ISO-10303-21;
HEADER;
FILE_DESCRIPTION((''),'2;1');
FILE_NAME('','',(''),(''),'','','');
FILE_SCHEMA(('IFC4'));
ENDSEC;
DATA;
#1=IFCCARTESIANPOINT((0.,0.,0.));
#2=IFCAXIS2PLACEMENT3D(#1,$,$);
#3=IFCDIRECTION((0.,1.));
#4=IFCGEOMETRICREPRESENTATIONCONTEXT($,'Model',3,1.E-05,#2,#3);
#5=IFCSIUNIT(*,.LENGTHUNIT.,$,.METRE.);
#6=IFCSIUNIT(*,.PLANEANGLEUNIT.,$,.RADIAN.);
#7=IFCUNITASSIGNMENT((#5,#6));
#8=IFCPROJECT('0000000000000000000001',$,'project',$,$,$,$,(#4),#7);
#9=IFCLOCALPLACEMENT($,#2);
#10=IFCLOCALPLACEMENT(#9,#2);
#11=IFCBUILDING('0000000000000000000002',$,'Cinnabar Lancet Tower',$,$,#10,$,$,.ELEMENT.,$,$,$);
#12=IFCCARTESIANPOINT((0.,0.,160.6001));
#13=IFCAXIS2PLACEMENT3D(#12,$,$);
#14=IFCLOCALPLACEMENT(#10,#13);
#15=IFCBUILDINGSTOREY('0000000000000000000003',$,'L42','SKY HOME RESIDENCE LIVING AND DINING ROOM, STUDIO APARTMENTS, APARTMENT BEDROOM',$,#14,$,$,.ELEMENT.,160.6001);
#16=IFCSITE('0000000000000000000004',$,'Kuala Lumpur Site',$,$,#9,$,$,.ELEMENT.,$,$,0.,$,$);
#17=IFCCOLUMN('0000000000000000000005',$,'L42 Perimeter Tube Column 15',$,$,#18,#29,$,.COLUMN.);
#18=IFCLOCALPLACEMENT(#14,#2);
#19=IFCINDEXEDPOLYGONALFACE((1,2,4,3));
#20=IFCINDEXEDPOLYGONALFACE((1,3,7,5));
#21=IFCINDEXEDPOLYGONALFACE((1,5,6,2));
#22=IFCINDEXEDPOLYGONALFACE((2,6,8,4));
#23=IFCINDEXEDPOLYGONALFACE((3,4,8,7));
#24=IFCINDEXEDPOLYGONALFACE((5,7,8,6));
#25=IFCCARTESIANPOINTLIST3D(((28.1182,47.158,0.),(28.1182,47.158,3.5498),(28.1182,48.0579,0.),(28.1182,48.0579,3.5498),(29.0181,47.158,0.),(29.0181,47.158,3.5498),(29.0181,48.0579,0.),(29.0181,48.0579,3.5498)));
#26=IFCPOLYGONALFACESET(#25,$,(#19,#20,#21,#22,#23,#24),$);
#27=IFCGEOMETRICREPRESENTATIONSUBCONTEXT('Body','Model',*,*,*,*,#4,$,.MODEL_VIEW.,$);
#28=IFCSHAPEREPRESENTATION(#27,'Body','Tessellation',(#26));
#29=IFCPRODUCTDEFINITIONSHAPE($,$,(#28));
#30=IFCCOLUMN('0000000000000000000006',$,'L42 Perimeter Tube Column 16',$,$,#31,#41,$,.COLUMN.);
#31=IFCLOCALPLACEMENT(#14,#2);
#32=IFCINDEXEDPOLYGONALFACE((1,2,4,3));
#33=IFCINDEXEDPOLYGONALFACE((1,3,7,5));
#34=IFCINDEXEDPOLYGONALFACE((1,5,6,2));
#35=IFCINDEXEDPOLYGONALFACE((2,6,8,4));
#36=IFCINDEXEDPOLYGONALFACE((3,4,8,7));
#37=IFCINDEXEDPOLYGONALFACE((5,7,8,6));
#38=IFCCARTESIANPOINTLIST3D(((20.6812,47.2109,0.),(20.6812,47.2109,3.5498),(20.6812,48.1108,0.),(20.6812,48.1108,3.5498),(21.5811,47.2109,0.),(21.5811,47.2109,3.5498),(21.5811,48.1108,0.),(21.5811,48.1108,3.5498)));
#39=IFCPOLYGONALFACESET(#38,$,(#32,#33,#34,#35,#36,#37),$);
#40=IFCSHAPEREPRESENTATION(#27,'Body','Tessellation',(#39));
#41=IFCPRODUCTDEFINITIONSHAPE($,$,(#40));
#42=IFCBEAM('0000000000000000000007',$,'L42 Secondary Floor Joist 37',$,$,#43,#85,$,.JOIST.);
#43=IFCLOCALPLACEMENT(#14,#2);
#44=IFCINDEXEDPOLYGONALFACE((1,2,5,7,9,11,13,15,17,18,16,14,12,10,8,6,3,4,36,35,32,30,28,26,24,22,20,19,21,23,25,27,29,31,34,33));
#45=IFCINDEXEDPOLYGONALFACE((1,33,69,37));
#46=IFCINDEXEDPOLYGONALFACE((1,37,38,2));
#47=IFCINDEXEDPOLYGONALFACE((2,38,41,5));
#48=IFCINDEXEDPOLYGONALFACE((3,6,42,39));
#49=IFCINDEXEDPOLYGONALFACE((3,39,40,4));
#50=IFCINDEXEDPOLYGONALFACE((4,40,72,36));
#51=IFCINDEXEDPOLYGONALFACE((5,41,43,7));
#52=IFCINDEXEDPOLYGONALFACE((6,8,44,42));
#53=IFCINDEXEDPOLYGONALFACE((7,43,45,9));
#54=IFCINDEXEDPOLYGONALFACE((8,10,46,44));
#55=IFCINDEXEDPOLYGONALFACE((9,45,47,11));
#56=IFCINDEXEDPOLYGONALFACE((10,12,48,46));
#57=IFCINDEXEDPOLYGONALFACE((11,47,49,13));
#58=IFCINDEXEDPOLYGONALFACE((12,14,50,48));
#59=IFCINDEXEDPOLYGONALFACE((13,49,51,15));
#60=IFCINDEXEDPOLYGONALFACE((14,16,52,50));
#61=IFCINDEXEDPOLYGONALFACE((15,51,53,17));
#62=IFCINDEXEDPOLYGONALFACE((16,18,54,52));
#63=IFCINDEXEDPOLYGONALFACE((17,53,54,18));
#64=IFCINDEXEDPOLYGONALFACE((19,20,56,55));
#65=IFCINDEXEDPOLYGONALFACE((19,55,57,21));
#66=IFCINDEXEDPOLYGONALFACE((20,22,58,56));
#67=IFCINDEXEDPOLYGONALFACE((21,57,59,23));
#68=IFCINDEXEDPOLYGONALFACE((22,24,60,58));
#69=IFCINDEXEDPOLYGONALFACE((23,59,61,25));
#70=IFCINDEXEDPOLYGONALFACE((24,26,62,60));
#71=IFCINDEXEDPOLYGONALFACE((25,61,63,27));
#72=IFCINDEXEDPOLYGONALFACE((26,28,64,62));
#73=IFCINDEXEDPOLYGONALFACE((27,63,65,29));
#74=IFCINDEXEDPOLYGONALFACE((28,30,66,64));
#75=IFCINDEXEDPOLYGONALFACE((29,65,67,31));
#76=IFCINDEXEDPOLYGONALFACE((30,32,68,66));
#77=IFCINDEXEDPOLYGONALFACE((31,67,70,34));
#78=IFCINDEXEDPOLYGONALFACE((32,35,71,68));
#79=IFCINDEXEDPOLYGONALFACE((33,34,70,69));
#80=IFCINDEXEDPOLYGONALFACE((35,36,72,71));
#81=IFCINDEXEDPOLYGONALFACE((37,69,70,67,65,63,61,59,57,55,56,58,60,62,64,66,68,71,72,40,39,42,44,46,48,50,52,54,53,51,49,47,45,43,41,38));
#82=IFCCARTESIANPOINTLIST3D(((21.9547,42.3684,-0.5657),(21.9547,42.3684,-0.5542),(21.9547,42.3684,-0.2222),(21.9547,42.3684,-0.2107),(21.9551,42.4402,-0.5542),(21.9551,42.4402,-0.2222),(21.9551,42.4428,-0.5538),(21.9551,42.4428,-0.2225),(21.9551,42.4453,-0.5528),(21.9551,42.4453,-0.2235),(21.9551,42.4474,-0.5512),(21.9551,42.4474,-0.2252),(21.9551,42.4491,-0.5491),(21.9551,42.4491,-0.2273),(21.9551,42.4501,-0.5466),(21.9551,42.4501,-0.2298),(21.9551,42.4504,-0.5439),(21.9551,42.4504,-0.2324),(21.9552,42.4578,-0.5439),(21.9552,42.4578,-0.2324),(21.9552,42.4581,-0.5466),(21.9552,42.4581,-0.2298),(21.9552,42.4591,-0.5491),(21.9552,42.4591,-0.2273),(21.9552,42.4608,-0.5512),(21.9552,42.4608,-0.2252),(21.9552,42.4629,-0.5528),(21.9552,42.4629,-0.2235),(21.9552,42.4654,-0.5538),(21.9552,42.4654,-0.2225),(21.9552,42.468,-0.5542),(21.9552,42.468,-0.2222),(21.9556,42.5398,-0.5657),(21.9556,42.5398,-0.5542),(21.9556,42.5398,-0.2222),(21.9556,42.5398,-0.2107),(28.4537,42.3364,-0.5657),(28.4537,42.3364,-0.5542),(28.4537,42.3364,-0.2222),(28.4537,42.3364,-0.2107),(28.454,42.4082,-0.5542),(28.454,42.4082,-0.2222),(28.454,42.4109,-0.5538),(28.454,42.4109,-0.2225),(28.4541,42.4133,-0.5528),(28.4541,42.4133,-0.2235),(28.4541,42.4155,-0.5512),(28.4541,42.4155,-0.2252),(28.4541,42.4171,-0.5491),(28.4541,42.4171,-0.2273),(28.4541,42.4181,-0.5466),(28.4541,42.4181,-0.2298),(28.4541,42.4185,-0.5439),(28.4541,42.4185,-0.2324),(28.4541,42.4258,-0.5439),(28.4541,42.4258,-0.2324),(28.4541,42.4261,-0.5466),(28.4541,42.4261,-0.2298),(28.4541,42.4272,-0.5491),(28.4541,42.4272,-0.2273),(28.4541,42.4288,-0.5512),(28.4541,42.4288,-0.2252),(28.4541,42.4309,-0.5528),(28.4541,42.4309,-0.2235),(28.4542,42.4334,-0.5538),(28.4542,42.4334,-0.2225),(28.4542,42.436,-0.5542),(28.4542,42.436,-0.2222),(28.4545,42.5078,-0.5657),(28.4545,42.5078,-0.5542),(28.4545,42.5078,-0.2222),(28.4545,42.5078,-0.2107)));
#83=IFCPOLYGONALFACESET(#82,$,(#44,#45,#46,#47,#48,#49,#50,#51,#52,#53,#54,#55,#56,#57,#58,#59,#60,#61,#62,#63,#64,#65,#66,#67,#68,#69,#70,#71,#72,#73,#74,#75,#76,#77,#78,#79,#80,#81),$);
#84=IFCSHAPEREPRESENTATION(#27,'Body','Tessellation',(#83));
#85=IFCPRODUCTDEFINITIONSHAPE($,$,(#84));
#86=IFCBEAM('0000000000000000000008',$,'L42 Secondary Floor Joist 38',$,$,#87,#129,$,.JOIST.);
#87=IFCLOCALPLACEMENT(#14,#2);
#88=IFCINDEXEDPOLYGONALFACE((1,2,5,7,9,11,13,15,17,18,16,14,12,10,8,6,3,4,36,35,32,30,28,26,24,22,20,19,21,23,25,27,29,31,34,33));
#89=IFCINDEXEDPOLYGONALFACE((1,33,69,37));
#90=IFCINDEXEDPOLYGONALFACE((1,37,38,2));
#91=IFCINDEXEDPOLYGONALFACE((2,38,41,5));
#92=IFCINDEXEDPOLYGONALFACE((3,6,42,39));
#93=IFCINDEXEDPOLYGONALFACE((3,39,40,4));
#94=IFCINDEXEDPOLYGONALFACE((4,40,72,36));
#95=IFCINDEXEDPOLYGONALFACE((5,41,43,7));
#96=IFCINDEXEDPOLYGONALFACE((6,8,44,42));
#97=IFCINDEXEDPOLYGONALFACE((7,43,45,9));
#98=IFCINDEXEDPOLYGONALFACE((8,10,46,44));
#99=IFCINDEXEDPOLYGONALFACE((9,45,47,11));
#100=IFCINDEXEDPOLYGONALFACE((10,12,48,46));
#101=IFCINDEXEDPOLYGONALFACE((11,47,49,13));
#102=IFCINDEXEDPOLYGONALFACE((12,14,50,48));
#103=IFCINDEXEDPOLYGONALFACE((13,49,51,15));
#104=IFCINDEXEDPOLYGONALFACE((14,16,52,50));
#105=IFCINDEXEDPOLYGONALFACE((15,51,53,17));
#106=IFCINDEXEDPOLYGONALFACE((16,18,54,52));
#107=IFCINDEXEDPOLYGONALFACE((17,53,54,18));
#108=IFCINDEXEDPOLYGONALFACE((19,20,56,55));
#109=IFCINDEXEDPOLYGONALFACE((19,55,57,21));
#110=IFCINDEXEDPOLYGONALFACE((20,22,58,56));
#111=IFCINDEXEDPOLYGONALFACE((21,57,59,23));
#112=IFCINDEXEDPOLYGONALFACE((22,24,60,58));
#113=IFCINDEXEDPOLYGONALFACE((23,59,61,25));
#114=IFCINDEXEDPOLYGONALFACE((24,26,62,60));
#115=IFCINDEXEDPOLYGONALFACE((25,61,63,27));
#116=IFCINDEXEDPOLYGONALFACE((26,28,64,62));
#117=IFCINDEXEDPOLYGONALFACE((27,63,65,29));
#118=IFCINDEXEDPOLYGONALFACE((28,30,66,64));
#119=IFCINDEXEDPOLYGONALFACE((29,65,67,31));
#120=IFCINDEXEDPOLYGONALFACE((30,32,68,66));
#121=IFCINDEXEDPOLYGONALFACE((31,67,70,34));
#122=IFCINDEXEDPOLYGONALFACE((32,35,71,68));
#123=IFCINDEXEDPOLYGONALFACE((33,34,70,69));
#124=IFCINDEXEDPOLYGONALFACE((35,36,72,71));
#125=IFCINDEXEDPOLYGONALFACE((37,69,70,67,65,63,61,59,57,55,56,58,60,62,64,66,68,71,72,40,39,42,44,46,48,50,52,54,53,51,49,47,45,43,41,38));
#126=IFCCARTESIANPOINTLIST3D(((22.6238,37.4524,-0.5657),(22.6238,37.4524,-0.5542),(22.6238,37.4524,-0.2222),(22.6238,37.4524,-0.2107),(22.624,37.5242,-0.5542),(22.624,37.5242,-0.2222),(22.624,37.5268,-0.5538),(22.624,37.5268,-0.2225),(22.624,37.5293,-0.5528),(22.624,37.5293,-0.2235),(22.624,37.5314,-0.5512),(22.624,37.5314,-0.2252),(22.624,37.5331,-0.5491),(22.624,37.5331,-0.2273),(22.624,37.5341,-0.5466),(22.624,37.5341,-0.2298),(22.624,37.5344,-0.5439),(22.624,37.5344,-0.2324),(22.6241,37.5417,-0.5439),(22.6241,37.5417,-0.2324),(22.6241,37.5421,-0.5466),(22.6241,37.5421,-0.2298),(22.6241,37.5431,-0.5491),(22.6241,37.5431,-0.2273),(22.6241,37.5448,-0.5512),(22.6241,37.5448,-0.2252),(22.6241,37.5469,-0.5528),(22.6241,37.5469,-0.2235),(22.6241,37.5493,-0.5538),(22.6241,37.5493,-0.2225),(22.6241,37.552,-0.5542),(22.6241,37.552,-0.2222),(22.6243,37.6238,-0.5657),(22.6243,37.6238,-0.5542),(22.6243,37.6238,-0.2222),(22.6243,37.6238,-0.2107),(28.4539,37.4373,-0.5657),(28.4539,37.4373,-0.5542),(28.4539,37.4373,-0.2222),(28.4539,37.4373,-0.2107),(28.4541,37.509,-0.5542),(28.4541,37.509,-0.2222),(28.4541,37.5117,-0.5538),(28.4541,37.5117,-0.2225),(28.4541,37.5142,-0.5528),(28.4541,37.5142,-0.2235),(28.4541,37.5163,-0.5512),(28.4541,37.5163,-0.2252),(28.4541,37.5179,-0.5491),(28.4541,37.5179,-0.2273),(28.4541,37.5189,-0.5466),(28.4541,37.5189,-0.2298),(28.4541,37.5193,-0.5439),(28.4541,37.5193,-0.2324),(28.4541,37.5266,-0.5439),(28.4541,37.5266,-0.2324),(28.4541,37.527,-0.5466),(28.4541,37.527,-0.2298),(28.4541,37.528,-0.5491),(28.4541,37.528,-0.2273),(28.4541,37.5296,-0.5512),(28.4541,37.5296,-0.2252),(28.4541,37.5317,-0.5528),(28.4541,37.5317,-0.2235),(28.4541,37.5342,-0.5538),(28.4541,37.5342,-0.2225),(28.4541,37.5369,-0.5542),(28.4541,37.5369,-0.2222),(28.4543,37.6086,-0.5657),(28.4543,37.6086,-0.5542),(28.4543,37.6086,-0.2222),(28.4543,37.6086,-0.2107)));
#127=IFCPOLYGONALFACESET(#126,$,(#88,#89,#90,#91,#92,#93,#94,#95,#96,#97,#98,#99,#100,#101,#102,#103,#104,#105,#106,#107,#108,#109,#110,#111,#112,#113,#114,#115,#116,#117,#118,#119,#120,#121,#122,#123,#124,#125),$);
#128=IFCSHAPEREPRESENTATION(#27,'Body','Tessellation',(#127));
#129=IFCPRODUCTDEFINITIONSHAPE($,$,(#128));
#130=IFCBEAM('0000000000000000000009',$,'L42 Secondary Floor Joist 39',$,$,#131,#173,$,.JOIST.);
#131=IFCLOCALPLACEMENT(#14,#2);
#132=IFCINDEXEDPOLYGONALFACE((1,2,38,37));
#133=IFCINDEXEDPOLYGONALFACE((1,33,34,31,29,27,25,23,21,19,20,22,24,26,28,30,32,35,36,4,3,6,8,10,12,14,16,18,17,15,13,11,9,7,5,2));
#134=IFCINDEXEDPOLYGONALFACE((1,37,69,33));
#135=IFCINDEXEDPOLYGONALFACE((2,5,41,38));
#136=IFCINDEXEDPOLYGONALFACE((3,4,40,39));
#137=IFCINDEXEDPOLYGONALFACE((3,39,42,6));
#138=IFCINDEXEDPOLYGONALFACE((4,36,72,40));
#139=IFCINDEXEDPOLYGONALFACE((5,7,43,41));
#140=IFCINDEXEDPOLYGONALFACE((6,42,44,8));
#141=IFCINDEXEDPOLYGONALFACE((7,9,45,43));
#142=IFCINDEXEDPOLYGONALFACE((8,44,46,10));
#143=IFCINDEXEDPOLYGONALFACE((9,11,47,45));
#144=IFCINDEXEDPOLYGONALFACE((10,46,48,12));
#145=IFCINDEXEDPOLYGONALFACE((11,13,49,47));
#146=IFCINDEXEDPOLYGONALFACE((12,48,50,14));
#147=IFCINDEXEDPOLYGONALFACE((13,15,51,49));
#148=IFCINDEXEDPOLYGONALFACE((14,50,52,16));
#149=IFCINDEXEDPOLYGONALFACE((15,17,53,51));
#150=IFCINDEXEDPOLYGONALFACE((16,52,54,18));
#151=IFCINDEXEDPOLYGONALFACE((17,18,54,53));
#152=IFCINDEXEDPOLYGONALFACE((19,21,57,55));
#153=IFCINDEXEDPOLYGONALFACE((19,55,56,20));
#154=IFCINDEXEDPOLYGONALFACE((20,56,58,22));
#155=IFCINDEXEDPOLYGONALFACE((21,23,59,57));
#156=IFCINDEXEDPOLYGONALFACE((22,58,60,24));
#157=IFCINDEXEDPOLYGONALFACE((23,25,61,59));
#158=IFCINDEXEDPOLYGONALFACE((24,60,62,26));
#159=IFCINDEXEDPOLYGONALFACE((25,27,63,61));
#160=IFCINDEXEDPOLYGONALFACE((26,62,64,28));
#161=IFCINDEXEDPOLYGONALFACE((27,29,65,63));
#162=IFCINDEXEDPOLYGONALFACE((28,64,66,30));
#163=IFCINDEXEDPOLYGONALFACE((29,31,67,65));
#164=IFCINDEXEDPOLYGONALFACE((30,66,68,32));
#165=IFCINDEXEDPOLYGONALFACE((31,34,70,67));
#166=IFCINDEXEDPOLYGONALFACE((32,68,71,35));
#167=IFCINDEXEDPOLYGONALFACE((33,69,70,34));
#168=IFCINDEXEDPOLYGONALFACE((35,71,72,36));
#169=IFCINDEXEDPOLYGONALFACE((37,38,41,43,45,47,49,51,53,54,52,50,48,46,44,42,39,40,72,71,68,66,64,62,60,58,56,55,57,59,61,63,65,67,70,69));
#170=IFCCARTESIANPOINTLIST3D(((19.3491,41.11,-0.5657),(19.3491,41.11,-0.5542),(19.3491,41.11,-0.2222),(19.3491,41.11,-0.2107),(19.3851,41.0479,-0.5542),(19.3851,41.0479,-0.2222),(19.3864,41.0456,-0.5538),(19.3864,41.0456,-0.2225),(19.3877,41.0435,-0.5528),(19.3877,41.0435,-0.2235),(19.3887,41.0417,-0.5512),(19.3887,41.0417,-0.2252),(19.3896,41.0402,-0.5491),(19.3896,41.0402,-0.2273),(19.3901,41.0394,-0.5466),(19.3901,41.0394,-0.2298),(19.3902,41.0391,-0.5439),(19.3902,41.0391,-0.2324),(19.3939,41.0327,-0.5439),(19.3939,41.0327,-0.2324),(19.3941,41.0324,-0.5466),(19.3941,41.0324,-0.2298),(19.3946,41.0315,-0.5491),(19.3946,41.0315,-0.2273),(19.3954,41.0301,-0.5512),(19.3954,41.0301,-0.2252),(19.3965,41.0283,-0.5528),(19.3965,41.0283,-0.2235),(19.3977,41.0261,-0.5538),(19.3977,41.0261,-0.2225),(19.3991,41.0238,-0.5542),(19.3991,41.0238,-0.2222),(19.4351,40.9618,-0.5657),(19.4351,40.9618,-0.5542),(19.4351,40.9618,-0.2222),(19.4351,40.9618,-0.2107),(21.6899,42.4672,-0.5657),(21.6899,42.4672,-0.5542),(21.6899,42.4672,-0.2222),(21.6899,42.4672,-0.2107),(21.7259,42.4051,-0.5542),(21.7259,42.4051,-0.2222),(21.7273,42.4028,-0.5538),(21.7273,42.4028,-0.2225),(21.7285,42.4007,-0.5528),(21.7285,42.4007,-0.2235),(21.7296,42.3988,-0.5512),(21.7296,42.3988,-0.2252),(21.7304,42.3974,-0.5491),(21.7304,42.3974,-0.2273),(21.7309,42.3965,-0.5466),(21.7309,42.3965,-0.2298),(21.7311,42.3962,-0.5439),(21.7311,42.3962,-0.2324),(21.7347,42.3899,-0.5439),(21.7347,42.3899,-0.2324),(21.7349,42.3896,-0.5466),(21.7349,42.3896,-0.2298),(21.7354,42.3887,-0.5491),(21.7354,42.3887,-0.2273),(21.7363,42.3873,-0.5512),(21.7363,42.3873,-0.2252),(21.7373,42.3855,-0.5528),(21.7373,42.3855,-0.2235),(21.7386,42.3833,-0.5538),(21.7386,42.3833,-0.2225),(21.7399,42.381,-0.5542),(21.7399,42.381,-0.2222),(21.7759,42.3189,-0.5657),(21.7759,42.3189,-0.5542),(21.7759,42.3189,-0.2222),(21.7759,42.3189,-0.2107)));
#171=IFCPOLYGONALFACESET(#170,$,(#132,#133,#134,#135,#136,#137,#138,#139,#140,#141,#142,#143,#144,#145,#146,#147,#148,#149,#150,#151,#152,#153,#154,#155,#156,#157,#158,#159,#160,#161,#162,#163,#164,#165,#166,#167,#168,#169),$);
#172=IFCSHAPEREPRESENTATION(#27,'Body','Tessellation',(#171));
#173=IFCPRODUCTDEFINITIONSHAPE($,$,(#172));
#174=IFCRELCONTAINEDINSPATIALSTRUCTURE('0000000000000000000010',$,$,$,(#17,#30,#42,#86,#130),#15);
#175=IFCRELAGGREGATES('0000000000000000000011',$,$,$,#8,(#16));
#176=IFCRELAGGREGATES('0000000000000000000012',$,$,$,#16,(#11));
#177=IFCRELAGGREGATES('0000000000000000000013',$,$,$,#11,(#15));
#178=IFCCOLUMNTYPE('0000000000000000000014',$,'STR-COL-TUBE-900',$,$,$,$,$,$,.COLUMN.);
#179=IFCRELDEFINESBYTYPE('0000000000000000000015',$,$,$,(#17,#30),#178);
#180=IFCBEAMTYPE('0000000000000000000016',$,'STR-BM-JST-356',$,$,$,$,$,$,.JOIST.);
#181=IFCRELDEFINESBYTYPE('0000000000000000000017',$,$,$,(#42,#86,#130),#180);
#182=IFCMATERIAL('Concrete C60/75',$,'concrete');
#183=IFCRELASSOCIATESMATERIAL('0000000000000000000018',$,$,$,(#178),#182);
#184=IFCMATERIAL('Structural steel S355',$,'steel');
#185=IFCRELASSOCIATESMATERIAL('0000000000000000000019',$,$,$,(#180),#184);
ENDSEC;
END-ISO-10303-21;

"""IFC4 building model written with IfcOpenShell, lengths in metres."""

from ifc_helpers import new_model, si_unit, direction, frame, origin, origin_2d, place, context, subcontext, project, spatial, rectangle, i_section, extrude, material, material_profile, profile_set, type_object, element, save


model = new_model("IFC4")

# Units and contexts
model_context = context("Model", 3, precision=1e-05, world=origin(), true_north=direction((0.0, 1.0)))
body_context = subcontext(model_context, "Body", "Model", "MODEL_VIEW")
ifc_project = project(units=[si_unit("LENGTHUNIT", "METRE"), si_unit("PLANEANGLEUNIT", "RADIAN")], contexts=[model_context])

# Site, building, storey
site_placement = place(None, origin())
site = spatial("IfcSite", under=ifc_project, at=site_placement, Name="Kuala Lumpur Site", CompositionType="ELEMENT", RefElevation=0.0)
building_placement = place(site_placement, origin())
building = spatial("IfcBuilding", under=site, at=building_placement, Name="Cinnabar Lancet Tower", CompositionType="ELEMENT")
storey_placement = place(building_placement, frame((0.0, 0.0, 160.6001)))
storey = spatial("IfcBuildingStorey", under=building, at=storey_placement, Name="L42", Description="SKY HOME RESIDENCE LIVING AND DINING ROOM, STUDIO APARTMENTS, APARTMENT BEDROOM", CompositionType="ELEMENT", Elevation=160.6001)

# Columns
ifc_material_1 = material(Name="Concrete C60/75", Category="concrete")
ifc_material_profile_1 = material_profile(ifc_material_1, rectangle(XDim=0.8999, YDim=0.8999, at=origin_2d()), Name="RC-COL 900x900")
ifc_profile_set_1 = profile_set([ifc_material_profile_1], Name="Concrete C60/75")
column_type = type_object("IfcColumnType", Name="STR-COL-TUBE-900", PredefinedType="COLUMN", material=ifc_profile_set_1)
for number, where, z_axis, x_axis, name in (
    (1, (28.5681, 47.6079, 0.0), (0.0, 0.0, 1.0), (1.0, 0.0, 0.0), "L42 Perimeter Tube Column 15"),
    (2, (21.1311, 47.6609, 0.0), (0.0, 0.0, 1.0), (1.0, 0.0, 0.0), "L42 Perimeter Tube Column 16"),
):
    element("IfcColumn", number, at=place(storey_placement, frame(where, z_axis=z_axis, x_axis=x_axis)), inside=storey, type_object=column_type, Name=name, PredefinedType="COLUMN", context=body_context, shape_type="SweptSolid", body=[
        extrude(rectangle(XDim=0.8999, YDim=0.8999, at=origin_2d()), origin(), (0.0, 0.0, 1.0), 3.5498),
    ])

# Beams
ifc_material_2 = material(Name="Structural steel S355", Category="steel")
ifc_material_profile_2 = material_profile(ifc_material_2, i_section(OverallWidth=0.1714, OverallDepth=0.355, WebThickness=0.0073, FlangeThickness=0.0115, FilletRadius=0.0103, at=origin_2d()), Name="UKB 356x171x51")
ifc_profile_set_2 = profile_set([ifc_material_profile_2], Name="Structural steel S355")
beam_type_1 = type_object("IfcBeamType", Name="STR-BM-JST-356", PredefinedType="JOIST", material=ifc_profile_set_2)
beam_1_placement = place(storey_placement, frame((28.4541, 42.4221, -0.3882), z_axis=(-0.999988, 0.004921, 0.0), x_axis=(-0.004921, -0.999988, 0.0)))
element("IfcBeam", 3, at=beam_1_placement, inside=storey, type_object=beam_type_1, Name="L42 Secondary Floor Joist 37", PredefinedType="JOIST", context=body_context, shape_type="SweptSolid", body=[
    extrude(i_section(OverallWidth=0.1714, OverallDepth=0.355, WebThickness=0.0073, FlangeThickness=0.0115, FilletRadius=0.0103, at=origin_2d()), origin(), (0.0, 0.0, 1.0), 6.499),
])
beam_2_placement = place(storey_placement, frame((28.4541, 37.5229, -0.3882), z_axis=(-0.999997, 0.002596, 0.0), x_axis=(-0.002596, -0.999997, 0.0)))
element("IfcBeam", 4, at=beam_2_placement, inside=storey, type_object=beam_type_1, Name="L42 Secondary Floor Joist 38", PredefinedType="JOIST", context=body_context, shape_type="SweptSolid", body=[
    extrude(i_section(OverallWidth=0.1714, OverallDepth=0.355, WebThickness=0.0073, FlangeThickness=0.0115, FilletRadius=0.0103, at=origin_2d()), origin(), (0.0, 0.0, 1.0), 5.8301),
])
beam_3_placement = place(storey_placement, frame((21.7329, 42.3931, -0.3882), z_axis=(-0.865111, -0.50158, 0.0), x_axis=(0.50158, -0.865111, 0.0)))
element("IfcBeam", 5, at=beam_3_placement, inside=storey, type_object=beam_type_1, Name="L42 Secondary Floor Joist 39", PredefinedType="JOIST", context=body_context, shape_type="SweptSolid", body=[
    extrude(i_section(OverallWidth=0.1714, OverallDepth=0.355, WebThickness=0.0073, FlangeThickness=0.0115, FilletRadius=0.0103, at=origin_2d()), origin(), (0.0, 0.0, 1.0), 2.7058),
])

save(model, "model.ifc")
